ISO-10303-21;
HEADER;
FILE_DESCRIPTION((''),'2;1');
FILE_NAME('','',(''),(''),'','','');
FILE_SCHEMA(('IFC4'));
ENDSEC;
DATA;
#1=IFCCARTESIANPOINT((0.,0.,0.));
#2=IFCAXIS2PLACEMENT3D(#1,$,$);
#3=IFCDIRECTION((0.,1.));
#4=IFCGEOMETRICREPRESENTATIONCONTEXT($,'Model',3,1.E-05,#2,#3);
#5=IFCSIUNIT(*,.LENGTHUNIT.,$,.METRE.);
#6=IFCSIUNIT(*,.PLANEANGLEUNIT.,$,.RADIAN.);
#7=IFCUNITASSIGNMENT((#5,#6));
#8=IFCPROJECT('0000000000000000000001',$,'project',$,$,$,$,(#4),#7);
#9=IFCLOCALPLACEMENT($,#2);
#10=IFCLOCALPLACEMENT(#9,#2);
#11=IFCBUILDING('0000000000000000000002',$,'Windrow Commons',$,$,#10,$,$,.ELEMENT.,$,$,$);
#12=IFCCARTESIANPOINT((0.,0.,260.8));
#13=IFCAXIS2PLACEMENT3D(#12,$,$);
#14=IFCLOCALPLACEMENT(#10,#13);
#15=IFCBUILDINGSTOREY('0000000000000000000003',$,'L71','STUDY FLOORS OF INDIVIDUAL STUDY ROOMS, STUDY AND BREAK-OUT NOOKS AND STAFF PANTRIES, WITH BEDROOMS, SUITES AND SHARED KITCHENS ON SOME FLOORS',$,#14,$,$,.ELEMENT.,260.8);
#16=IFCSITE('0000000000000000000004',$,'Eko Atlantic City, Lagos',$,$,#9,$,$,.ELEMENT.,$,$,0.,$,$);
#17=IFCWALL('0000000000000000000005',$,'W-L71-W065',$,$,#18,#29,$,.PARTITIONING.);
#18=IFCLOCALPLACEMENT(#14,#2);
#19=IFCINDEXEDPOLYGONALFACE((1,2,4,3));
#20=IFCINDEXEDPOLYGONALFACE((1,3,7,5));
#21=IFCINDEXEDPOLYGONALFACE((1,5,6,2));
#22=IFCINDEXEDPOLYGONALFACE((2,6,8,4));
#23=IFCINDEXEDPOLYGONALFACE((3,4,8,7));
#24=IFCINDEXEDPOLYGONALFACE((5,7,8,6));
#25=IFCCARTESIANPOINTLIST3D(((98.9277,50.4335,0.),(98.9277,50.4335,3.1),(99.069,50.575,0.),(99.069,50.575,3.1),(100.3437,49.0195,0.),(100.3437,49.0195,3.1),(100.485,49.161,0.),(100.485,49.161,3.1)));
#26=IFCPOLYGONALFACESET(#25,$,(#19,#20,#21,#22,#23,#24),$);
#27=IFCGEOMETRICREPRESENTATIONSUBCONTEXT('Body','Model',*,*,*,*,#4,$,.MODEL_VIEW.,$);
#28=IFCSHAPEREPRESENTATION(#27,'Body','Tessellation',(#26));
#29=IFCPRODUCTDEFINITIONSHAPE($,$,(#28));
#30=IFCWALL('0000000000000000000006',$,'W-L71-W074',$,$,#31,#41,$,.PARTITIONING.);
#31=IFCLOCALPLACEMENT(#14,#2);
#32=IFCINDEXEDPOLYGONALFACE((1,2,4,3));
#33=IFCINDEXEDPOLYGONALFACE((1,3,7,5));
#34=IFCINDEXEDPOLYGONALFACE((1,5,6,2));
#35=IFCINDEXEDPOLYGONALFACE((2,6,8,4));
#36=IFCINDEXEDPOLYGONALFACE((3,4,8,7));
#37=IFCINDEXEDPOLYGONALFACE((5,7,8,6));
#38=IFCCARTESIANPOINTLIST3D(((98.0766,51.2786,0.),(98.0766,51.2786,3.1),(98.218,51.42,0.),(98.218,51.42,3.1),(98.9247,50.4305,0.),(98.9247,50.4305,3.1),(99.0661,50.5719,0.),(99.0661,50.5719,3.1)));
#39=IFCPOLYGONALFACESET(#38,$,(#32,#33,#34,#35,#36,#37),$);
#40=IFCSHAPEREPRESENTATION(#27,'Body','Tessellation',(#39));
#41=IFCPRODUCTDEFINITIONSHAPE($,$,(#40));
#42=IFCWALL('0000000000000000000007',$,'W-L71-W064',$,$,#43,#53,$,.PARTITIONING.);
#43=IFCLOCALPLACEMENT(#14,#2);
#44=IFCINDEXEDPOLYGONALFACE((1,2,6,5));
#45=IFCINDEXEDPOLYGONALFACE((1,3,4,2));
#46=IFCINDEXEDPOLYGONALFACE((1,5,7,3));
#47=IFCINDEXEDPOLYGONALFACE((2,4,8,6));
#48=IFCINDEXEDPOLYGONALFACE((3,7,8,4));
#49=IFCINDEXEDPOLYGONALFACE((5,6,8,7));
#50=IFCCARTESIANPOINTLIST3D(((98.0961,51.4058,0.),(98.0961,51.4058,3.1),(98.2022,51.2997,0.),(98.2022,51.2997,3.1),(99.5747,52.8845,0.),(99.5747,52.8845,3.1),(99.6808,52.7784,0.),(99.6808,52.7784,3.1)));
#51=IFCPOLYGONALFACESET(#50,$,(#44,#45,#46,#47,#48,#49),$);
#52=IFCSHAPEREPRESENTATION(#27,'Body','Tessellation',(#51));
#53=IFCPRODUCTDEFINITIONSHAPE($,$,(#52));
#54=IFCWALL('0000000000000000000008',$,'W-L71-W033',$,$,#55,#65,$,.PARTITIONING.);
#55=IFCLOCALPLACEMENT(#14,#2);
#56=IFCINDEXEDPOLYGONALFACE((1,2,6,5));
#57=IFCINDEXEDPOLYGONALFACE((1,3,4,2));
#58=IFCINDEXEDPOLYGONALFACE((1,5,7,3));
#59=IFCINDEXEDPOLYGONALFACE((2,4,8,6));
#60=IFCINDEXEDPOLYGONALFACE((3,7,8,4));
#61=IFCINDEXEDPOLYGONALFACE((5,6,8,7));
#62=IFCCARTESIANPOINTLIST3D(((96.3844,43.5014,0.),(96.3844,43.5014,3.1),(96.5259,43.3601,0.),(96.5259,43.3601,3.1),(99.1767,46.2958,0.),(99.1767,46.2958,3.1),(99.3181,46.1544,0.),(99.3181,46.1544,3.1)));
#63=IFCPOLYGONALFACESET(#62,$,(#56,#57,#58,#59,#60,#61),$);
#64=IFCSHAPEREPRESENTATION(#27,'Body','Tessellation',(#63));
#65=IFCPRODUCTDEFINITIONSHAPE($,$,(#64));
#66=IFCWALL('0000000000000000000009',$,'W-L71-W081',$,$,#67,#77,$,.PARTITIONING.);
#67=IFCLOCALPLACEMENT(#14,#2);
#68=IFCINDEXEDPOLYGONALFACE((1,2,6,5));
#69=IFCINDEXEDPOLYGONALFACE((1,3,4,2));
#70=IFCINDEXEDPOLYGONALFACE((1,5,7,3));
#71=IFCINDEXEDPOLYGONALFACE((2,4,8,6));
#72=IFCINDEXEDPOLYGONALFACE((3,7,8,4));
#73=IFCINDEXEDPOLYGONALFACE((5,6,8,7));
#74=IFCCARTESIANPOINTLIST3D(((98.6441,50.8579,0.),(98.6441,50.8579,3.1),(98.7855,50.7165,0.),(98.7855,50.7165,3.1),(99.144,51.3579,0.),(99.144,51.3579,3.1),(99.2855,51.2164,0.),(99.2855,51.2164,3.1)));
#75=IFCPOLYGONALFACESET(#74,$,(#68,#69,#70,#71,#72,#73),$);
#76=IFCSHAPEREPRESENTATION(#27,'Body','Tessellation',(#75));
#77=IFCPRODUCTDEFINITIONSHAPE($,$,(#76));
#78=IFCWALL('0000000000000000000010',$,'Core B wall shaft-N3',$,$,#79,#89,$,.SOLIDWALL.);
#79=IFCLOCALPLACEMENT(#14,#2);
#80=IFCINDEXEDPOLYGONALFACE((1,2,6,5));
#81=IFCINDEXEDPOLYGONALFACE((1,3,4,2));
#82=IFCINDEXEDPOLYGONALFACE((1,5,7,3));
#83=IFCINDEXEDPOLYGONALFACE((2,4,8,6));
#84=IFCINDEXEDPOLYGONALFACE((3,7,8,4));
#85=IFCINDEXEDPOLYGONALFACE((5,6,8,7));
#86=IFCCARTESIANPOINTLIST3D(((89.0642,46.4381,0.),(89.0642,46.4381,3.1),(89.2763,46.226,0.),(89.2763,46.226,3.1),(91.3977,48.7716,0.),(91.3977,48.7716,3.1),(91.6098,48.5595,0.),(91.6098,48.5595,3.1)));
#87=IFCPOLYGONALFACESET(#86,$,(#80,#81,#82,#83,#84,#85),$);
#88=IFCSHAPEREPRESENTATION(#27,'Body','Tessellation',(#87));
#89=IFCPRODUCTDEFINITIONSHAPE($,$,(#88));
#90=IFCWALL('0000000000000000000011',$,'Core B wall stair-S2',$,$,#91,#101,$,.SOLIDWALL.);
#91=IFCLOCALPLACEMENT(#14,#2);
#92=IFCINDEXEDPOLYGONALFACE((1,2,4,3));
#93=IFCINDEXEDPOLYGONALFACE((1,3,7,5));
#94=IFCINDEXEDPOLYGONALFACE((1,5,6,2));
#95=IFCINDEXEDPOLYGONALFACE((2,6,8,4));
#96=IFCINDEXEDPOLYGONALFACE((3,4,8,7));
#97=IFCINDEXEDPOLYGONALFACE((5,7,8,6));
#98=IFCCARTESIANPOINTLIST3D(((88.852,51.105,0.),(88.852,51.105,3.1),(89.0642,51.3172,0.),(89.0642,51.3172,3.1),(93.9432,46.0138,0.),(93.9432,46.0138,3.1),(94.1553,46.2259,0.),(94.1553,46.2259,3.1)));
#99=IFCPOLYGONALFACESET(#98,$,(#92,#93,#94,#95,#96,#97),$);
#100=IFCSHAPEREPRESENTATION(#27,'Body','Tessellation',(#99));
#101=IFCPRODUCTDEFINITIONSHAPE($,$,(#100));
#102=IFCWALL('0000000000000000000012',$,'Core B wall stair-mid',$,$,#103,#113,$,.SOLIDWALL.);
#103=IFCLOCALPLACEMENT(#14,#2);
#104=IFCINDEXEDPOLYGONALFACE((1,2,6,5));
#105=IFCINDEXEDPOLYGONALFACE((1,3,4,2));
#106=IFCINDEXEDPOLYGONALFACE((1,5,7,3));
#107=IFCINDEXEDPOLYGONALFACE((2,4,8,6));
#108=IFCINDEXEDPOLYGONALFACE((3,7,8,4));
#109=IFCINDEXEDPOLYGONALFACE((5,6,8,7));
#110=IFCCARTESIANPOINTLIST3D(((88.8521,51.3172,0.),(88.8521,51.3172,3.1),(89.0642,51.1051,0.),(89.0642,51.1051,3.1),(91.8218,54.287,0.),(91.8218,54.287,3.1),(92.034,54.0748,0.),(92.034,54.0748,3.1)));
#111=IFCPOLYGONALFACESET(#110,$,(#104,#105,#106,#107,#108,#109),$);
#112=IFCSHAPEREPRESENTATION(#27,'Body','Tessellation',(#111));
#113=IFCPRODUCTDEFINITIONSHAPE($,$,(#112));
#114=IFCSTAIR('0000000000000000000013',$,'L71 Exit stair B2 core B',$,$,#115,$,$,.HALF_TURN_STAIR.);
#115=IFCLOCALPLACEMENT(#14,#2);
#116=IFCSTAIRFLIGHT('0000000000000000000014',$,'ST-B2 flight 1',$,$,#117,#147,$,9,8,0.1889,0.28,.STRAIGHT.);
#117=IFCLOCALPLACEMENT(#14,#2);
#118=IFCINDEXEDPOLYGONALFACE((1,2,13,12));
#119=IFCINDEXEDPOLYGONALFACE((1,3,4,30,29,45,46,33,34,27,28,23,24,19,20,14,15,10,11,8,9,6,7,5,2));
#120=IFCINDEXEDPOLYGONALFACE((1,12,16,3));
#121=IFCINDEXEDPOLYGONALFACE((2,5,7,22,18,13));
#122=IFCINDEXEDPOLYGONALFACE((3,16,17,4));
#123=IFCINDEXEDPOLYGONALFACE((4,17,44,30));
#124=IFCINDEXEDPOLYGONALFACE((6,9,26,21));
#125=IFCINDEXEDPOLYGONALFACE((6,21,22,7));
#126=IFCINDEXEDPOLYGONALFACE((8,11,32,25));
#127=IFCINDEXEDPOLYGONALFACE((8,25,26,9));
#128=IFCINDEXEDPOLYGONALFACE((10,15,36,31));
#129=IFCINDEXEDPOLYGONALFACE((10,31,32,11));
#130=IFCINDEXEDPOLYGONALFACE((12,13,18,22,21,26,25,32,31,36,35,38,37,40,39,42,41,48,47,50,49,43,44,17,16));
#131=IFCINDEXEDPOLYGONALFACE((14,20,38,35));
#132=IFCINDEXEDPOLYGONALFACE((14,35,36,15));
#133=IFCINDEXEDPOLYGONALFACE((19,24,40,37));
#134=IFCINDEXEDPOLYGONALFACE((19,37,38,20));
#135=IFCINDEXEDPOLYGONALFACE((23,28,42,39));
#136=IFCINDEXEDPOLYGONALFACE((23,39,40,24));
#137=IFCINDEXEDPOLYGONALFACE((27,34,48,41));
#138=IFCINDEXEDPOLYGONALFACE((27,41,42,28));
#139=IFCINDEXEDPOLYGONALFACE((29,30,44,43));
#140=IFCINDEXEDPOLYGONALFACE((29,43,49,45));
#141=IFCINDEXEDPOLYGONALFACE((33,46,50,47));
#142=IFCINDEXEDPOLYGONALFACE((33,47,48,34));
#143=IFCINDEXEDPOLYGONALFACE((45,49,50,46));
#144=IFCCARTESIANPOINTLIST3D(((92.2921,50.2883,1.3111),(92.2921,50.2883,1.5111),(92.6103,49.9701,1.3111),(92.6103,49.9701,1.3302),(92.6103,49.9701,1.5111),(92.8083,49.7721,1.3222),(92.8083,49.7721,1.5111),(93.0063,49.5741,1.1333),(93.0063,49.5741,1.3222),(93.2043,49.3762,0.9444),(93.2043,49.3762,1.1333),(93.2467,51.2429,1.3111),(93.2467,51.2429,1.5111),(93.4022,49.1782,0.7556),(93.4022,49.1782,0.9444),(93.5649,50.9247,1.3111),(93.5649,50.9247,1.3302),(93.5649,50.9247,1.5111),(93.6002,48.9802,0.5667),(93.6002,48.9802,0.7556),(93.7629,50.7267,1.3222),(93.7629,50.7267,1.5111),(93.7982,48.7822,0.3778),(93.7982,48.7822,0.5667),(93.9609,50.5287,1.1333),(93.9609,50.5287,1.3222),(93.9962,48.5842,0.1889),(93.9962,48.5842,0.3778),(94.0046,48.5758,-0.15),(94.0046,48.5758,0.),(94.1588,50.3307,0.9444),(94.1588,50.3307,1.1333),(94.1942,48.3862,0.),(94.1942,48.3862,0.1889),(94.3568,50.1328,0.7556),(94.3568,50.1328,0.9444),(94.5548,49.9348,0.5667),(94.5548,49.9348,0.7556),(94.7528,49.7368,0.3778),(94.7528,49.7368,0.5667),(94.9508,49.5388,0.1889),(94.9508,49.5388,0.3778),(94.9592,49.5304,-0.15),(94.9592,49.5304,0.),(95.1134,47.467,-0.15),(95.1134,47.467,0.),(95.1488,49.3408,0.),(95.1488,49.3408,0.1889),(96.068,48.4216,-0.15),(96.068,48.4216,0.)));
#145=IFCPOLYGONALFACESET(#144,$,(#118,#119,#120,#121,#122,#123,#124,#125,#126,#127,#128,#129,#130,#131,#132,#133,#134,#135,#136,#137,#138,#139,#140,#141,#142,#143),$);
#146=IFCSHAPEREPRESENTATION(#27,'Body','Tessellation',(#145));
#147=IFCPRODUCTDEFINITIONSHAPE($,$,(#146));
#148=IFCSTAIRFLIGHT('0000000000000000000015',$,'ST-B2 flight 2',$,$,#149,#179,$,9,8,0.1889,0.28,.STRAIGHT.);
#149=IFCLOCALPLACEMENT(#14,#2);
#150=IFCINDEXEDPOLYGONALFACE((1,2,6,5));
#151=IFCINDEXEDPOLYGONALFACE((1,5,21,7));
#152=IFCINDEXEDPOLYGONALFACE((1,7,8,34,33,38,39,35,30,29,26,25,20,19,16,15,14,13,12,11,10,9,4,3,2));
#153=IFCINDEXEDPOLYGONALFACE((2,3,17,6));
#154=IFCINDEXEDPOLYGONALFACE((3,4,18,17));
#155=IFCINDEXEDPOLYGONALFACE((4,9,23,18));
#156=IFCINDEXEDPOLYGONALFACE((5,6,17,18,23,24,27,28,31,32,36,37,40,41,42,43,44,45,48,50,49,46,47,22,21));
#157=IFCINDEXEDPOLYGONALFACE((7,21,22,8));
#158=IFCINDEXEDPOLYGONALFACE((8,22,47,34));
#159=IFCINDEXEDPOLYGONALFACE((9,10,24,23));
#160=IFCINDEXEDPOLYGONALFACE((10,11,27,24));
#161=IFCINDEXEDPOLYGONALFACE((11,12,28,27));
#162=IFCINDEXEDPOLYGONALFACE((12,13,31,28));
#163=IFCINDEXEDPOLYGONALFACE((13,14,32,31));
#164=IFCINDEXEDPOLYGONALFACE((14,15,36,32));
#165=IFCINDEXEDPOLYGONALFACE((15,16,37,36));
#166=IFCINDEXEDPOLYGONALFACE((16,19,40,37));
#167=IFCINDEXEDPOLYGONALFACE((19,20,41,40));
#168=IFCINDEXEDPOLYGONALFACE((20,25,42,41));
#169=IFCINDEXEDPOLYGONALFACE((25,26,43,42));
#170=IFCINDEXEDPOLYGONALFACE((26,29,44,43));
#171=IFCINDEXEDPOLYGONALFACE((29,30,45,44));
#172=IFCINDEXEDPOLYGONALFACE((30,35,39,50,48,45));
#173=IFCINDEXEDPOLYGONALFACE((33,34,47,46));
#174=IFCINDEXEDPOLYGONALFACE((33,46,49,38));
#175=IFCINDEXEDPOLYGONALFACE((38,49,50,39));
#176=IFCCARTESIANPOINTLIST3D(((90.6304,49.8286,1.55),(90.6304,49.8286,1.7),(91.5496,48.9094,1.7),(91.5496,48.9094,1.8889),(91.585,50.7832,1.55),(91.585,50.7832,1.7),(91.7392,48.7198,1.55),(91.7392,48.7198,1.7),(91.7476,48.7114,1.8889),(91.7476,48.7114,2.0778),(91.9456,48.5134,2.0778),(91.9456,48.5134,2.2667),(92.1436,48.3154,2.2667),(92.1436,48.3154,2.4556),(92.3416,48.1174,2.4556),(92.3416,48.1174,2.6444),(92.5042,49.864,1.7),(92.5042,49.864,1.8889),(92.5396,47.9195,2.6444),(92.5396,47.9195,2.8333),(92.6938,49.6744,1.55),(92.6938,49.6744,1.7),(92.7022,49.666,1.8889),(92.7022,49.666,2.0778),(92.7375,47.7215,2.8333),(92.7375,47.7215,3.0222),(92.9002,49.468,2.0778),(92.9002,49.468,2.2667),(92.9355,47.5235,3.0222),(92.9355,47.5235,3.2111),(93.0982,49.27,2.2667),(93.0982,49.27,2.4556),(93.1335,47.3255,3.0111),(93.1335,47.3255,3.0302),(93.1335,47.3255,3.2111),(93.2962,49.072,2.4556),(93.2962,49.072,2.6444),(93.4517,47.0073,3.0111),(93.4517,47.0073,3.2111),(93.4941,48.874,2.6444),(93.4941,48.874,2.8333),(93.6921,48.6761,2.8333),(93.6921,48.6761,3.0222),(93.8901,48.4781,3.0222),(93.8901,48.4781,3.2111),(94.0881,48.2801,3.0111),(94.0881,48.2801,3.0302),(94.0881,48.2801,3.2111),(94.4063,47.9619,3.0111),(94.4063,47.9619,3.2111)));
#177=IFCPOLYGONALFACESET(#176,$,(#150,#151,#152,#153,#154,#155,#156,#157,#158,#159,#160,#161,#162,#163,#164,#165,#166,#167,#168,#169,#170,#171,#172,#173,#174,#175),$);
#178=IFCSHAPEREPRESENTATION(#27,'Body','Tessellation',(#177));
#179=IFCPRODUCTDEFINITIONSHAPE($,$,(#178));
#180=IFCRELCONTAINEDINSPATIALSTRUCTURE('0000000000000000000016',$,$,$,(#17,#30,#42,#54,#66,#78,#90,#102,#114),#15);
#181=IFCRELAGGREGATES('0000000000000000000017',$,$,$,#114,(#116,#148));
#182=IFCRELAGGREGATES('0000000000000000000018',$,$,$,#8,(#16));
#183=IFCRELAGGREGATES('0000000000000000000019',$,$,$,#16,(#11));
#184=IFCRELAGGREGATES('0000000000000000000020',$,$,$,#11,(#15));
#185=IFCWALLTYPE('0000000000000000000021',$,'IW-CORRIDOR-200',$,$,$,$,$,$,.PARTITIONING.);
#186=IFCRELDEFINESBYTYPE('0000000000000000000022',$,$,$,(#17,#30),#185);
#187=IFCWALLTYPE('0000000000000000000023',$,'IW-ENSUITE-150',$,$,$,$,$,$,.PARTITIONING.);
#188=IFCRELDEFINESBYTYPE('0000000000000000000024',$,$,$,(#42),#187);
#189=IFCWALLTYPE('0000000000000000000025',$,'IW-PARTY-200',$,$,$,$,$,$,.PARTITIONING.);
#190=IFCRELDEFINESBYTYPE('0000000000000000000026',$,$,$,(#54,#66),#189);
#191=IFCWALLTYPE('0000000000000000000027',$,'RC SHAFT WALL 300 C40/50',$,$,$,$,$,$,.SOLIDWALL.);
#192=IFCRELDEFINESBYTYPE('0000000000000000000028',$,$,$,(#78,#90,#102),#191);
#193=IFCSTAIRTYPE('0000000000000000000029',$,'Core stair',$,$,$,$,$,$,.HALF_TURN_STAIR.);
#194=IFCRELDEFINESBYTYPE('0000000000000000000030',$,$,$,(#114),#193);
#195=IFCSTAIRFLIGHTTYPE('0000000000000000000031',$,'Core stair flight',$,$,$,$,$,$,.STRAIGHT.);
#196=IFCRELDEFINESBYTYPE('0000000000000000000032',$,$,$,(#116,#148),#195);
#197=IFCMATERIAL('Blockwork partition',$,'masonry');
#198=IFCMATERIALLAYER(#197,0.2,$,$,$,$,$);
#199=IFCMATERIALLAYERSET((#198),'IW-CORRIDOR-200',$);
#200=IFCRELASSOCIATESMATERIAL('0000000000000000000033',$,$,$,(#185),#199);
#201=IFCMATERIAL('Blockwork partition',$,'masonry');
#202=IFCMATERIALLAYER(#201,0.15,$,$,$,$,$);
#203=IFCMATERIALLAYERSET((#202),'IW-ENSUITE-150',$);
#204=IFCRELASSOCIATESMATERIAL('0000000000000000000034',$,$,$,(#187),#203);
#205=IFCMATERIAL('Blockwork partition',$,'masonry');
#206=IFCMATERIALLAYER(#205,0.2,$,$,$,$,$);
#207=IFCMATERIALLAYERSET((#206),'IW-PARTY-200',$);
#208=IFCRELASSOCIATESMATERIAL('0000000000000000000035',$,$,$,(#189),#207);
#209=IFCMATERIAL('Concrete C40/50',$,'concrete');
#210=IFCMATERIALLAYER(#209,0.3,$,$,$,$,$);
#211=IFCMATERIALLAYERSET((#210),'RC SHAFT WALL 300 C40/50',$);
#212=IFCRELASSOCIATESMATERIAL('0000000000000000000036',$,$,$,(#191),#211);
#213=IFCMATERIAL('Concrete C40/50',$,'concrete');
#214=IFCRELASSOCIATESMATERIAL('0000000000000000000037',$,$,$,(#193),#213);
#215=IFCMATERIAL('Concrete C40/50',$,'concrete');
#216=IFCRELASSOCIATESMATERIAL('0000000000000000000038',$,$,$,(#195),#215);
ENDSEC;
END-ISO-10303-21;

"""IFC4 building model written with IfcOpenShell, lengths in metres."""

from ifc_helpers import new_model, si_unit, direction, frame, frame_2d, origin, place, context, subcontext, project, spatial, polyline, rectangle, outline, extrude, material, layer, layer_set, type_object, element, aggregate, save


model = new_model("IFC4")

# Units and contexts
model_context = context("Model", 3, precision=1e-05, world=origin(), true_north=direction((0.0, 1.0)))
body_context = subcontext(model_context, "Body", "Model", "MODEL_VIEW")
ifc_project = project(units=[si_unit("LENGTHUNIT", "METRE"), si_unit("PLANEANGLEUNIT", "RADIAN")], contexts=[model_context])

# Site, building, storey
site_placement = place(None, origin())
site = spatial("IfcSite", under=ifc_project, at=site_placement, Name="Eko Atlantic City, Lagos", CompositionType="ELEMENT", RefElevation=0.0)
building_placement = place(site_placement, origin())
building = spatial("IfcBuilding", under=site, at=building_placement, Name="Windrow Commons", CompositionType="ELEMENT")
storey_placement = place(building_placement, frame((0.0, 0.0, 260.8)))
storey = spatial("IfcBuildingStorey", under=building, at=storey_placement, Name="L71", Description="STUDY FLOORS OF INDIVIDUAL STUDY ROOMS, STUDY AND BREAK-OUT NOOKS AND STAFF PANTRIES, WITH BEDROOMS, SUITES AND SHARED KITCHENS ON SOME FLOORS", CompositionType="ELEMENT", Elevation=260.8)

# Shared definitions
ifc_material_1 = material(Name="Blockwork partition", Category="masonry")
ifc_layer_1 = layer(ifc_material_1, 0.2)
ifc_layer_set_1 = layer_set([ifc_layer_1], Name="IW-CORRIDOR-200")
wall_type_1 = type_object("IfcWallType", Name="IW-CORRIDOR-200", PredefinedType="PARTITIONING", material=ifc_layer_set_1)

# Walls
wall_1_placement = place(storey_placement, frame((98.9983, 50.5043, 0.0), z_axis=(0.0, 0.0, 1.0), x_axis=(0.707606, -0.706607, 0.0)))
element("IfcWall", 1, at=wall_1_placement, inside=storey, type_object=wall_type_1, Name="W-L71-W065", PredefinedType="PARTITIONING", context=body_context, shape_type="SweptSolid", body=[
    extrude(rectangle(XDim=2.0011, YDim=0.2, at=frame_2d((1.0006, 0.0))), origin(), (0.0, 0.0, 1.0), 3.1),
])
wall_2_placement = place(storey_placement, frame((98.1473, 51.3493, 0.0), z_axis=(0.0, 0.0, 1.0), x_axis=(0.707107, -0.707107, 0.0)))
element("IfcWall", 2, at=wall_2_placement, inside=storey, type_object=wall_type_1, Name="W-L71-W074", PredefinedType="PARTITIONING", context=body_context, shape_type="SweptSolid", body=[
    extrude(rectangle(XDim=1.1993, YDim=0.2, at=frame_2d((0.5997, 0.0))), origin(), (0.0, 0.0, 1.0), 3.1),
])
ifc_material_2 = material(Name="Blockwork partition", Category="masonry")
ifc_layer_2 = layer(ifc_material_2, 0.15)
ifc_layer_set_2 = layer_set([ifc_layer_2], Name="IW-ENSUITE-150")
wall_type_2 = type_object("IfcWallType", Name="IW-ENSUITE-150", PredefinedType="PARTITIONING", material=ifc_layer_set_2)
wall_3_placement = place(storey_placement, frame((98.1492, 51.3528, 0.0), z_axis=(0.0, 0.0, 1.0), x_axis=(0.707083, 0.707131, 0.0)))
element("IfcWall", 3, at=wall_3_placement, inside=storey, type_object=wall_type_2, Name="W-L71-W064", PredefinedType="PARTITIONING", context=body_context, shape_type="SweptSolid", body=[
    extrude(rectangle(XDim=2.0911, YDim=0.15, at=frame_2d((1.0455, 0.0))), origin(), (0.0, 0.0, 1.0), 3.1),
])
ifc_material_3 = material(Name="Blockwork partition", Category="masonry")
ifc_layer_3 = layer(ifc_material_3, 0.2)
ifc_layer_set_3 = layer_set([ifc_layer_3], Name="IW-PARTY-200")
wall_type_3 = type_object("IfcWallType", Name="IW-PARTY-200", PredefinedType="PARTITIONING", material=ifc_layer_set_3)
wall_4_placement = place(storey_placement, frame((96.4552, 43.4308, 0.0), z_axis=(0.0, 0.0, 1.0), x_axis=(0.706841, 0.707373, 0.0)))
element("IfcWall", 4, at=wall_4_placement, inside=storey, type_object=wall_type_3, Name="W-L71-W033", PredefinedType="PARTITIONING", context=body_context, shape_type="SweptSolid", body=[
    extrude(rectangle(XDim=3.9503, YDim=0.2, at=frame_2d((1.9751, 0.0))), origin(), (0.0, 0.0, 1.0), 3.1),
])
wall_5_placement = place(storey_placement, frame((98.7148, 50.7872, 0.0), z_axis=(0.0, 0.0, 1.0), x_axis=(0.707107, 0.707107, 0.0)))
element("IfcWall", 5, at=wall_5_placement, inside=storey, type_object=wall_type_3, Name="W-L71-W081", PredefinedType="PARTITIONING", context=body_context, shape_type="SweptSolid", body=[
    extrude(rectangle(XDim=0.7071, YDim=0.2, at=frame_2d((0.3535, 0.0))), origin(), (0.0, 0.0, 1.0), 3.1),
])
ifc_material_4 = material(Name="Concrete C40/50", Category="concrete")
ifc_layer_4 = layer(ifc_material_4, 0.3)
ifc_layer_set_4 = layer_set([ifc_layer_4], Name="RC SHAFT WALL 300 C40/50")
wall_type_4 = type_object("IfcWallType", Name="RC SHAFT WALL 300 C40/50", PredefinedType="SOLIDWALL", material=ifc_layer_set_4)
wall_6_placement = place(storey_placement, frame((89.1702, 46.332, 0.0), z_axis=(0.0, 0.0, 1.0), x_axis=(0.707107, 0.707107, 0.0)))
element("IfcWall", 6, at=wall_6_placement, inside=storey, type_object=wall_type_4, Name="Core B wall shaft-N3", PredefinedType="SOLIDWALL", context=body_context, shape_type="SweptSolid", body=[
    extrude(rectangle(XDim=3.3001, YDim=0.3, at=frame_2d((1.6501, 0.0))), origin(), (0.0, 0.0, 1.0), 3.1),
])
wall_7_placement = place(storey_placement, frame((88.9581, 51.2111, 0.0), z_axis=(0.0, 0.0, 1.0), x_axis=(0.7071, -0.707114, 0.0)))
element("IfcWall", 7, at=wall_7_placement, inside=storey, type_object=wall_type_4, Name="Core B wall stair-S2", PredefinedType="SOLIDWALL", context=body_context, shape_type="SweptSolid", body=[
    extrude(rectangle(XDim=7.2, YDim=0.3, at=frame_2d((3.6, 0.0))), origin(), (0.0, 0.0, 1.0), 3.1),
])
wall_8_placement = place(storey_placement, frame((88.9581, 51.2111, 0.0), z_axis=(0.0, 0.0, 1.0), x_axis=(0.707107, 0.707107, 0.0)))
element("IfcWall", 8, at=wall_8_placement, inside=storey, type_object=wall_type_4, Name="Core B wall stair-mid", PredefinedType="SOLIDWALL", context=body_context, shape_type="SweptSolid", body=[
    extrude(rectangle(XDim=4.1999, YDim=0.3, at=frame_2d((2.1, 0.0))), origin(), (0.0, 0.0, 1.0), 3.1),
])

# Stair, stair flights
ifc_material_5 = material(Name="Concrete C40/50", Category="concrete")
stair_type = type_object("IfcStairType", Name="Core stair", PredefinedType="HALF_TURN_STAIR", material=ifc_material_5)
stair_placement = place(storey_placement, origin())
stair = element("IfcStair", 9, at=stair_placement, inside=storey, type_object=stair_type, Name="L71 Exit stair B2 core B", PredefinedType="HALF_TURN_STAIR")
ifc_material_6 = material(Name="Concrete C40/50", Category="concrete")
stair_flight_type = type_object("IfcStairFlightType", Name="Core stair flight", PredefinedType="STRAIGHT", material=ifc_material_6)
stair_flight_1_placement = place(storey_placement, frame((94.6715, 48.8635, 0.0), z_axis=(0.0, 0.0, 1.0), x_axis=(-0.707107, 0.707107, 0.0)))
stair_flight_1 = element("IfcStairFlight", 10, at=stair_flight_1_placement, type_object=stair_flight_type, Name="ST-B2 flight 1", NumberOfRisers=9, NumberOfTreads=8, PredefinedType="STRAIGHT", RiserHeight=0.1889, TreadLength=0.28, context=body_context, shape_type="SweptSolid", body=[
    extrude(outline(polyline([(-1.3, -0.15), (-1.3, 0.0), (0.0, 0.0), (0.0, 0.1889), (0.28, 0.1889), (0.28, 0.3778), (0.56, 0.3778), (0.56, 0.5667), (0.84, 0.5667), (0.84, 0.7556), (1.12, 0.7556), (1.12, 0.9444), (1.4, 0.9444), (1.4, 1.1333), (1.68, 1.1333), (1.68, 1.3222), (1.96, 1.3222), (1.96, 1.5111), (2.24, 1.5111), (2.69, 1.5111), (2.69, 1.3111), (2.24, 1.3111), (2.24, 1.3302), (0.2682, 0.0), (0.2682, -0.15), (-1.3, -0.15)])), frame((0.0, 0.675, 0.0), z_axis=(0.0, -1.0, 0.0), x_axis=(1.0, 0.0, 0.0)), (0.0, 0.0, 1.0), 1.35),
])
stair_flight_2_placement = place(storey_placement, frame((92.0269, 49.3867, 1.7), z_axis=(0.0, 0.0, 1.0), x_axis=(0.707107, -0.707107, 0.0)))
stair_flight_2 = element("IfcStairFlight", 11, at=stair_flight_2_placement, type_object=stair_flight_type, Name="ST-B2 flight 2", NumberOfRisers=9, NumberOfTreads=8, PredefinedType="STRAIGHT", RiserHeight=0.1889, TreadLength=0.28, context=body_context, shape_type="SweptSolid", body=[
    extrude(outline(polyline([(-1.3, -0.15), (-1.3, 0.0), (0.0, 0.0), (0.0, 0.1889), (0.28, 0.1889), (0.28, 0.3778), (0.56, 0.3778), (0.56, 0.5667), (0.84, 0.5667), (0.84, 0.7556), (1.12, 0.7556), (1.12, 0.9444), (1.4, 0.9444), (1.4, 1.1333), (1.68, 1.1333), (1.68, 1.3222), (1.96, 1.3222), (1.96, 1.5111), (2.24, 1.5111), (2.69, 1.5111), (2.69, 1.3111), (2.24, 1.3111), (2.24, 1.3302), (0.2682, 0.0), (0.2682, -0.15), (-1.3, -0.15)])), frame((0.0, 0.675, 0.0), z_axis=(0.0, -1.0, 0.0), x_axis=(1.0, 0.0, 0.0)), (0.0, 0.0, 1.0), 1.35),
])
aggregate(stair, [stair_flight_1, stair_flight_2])

save(model, "model.ifc")
